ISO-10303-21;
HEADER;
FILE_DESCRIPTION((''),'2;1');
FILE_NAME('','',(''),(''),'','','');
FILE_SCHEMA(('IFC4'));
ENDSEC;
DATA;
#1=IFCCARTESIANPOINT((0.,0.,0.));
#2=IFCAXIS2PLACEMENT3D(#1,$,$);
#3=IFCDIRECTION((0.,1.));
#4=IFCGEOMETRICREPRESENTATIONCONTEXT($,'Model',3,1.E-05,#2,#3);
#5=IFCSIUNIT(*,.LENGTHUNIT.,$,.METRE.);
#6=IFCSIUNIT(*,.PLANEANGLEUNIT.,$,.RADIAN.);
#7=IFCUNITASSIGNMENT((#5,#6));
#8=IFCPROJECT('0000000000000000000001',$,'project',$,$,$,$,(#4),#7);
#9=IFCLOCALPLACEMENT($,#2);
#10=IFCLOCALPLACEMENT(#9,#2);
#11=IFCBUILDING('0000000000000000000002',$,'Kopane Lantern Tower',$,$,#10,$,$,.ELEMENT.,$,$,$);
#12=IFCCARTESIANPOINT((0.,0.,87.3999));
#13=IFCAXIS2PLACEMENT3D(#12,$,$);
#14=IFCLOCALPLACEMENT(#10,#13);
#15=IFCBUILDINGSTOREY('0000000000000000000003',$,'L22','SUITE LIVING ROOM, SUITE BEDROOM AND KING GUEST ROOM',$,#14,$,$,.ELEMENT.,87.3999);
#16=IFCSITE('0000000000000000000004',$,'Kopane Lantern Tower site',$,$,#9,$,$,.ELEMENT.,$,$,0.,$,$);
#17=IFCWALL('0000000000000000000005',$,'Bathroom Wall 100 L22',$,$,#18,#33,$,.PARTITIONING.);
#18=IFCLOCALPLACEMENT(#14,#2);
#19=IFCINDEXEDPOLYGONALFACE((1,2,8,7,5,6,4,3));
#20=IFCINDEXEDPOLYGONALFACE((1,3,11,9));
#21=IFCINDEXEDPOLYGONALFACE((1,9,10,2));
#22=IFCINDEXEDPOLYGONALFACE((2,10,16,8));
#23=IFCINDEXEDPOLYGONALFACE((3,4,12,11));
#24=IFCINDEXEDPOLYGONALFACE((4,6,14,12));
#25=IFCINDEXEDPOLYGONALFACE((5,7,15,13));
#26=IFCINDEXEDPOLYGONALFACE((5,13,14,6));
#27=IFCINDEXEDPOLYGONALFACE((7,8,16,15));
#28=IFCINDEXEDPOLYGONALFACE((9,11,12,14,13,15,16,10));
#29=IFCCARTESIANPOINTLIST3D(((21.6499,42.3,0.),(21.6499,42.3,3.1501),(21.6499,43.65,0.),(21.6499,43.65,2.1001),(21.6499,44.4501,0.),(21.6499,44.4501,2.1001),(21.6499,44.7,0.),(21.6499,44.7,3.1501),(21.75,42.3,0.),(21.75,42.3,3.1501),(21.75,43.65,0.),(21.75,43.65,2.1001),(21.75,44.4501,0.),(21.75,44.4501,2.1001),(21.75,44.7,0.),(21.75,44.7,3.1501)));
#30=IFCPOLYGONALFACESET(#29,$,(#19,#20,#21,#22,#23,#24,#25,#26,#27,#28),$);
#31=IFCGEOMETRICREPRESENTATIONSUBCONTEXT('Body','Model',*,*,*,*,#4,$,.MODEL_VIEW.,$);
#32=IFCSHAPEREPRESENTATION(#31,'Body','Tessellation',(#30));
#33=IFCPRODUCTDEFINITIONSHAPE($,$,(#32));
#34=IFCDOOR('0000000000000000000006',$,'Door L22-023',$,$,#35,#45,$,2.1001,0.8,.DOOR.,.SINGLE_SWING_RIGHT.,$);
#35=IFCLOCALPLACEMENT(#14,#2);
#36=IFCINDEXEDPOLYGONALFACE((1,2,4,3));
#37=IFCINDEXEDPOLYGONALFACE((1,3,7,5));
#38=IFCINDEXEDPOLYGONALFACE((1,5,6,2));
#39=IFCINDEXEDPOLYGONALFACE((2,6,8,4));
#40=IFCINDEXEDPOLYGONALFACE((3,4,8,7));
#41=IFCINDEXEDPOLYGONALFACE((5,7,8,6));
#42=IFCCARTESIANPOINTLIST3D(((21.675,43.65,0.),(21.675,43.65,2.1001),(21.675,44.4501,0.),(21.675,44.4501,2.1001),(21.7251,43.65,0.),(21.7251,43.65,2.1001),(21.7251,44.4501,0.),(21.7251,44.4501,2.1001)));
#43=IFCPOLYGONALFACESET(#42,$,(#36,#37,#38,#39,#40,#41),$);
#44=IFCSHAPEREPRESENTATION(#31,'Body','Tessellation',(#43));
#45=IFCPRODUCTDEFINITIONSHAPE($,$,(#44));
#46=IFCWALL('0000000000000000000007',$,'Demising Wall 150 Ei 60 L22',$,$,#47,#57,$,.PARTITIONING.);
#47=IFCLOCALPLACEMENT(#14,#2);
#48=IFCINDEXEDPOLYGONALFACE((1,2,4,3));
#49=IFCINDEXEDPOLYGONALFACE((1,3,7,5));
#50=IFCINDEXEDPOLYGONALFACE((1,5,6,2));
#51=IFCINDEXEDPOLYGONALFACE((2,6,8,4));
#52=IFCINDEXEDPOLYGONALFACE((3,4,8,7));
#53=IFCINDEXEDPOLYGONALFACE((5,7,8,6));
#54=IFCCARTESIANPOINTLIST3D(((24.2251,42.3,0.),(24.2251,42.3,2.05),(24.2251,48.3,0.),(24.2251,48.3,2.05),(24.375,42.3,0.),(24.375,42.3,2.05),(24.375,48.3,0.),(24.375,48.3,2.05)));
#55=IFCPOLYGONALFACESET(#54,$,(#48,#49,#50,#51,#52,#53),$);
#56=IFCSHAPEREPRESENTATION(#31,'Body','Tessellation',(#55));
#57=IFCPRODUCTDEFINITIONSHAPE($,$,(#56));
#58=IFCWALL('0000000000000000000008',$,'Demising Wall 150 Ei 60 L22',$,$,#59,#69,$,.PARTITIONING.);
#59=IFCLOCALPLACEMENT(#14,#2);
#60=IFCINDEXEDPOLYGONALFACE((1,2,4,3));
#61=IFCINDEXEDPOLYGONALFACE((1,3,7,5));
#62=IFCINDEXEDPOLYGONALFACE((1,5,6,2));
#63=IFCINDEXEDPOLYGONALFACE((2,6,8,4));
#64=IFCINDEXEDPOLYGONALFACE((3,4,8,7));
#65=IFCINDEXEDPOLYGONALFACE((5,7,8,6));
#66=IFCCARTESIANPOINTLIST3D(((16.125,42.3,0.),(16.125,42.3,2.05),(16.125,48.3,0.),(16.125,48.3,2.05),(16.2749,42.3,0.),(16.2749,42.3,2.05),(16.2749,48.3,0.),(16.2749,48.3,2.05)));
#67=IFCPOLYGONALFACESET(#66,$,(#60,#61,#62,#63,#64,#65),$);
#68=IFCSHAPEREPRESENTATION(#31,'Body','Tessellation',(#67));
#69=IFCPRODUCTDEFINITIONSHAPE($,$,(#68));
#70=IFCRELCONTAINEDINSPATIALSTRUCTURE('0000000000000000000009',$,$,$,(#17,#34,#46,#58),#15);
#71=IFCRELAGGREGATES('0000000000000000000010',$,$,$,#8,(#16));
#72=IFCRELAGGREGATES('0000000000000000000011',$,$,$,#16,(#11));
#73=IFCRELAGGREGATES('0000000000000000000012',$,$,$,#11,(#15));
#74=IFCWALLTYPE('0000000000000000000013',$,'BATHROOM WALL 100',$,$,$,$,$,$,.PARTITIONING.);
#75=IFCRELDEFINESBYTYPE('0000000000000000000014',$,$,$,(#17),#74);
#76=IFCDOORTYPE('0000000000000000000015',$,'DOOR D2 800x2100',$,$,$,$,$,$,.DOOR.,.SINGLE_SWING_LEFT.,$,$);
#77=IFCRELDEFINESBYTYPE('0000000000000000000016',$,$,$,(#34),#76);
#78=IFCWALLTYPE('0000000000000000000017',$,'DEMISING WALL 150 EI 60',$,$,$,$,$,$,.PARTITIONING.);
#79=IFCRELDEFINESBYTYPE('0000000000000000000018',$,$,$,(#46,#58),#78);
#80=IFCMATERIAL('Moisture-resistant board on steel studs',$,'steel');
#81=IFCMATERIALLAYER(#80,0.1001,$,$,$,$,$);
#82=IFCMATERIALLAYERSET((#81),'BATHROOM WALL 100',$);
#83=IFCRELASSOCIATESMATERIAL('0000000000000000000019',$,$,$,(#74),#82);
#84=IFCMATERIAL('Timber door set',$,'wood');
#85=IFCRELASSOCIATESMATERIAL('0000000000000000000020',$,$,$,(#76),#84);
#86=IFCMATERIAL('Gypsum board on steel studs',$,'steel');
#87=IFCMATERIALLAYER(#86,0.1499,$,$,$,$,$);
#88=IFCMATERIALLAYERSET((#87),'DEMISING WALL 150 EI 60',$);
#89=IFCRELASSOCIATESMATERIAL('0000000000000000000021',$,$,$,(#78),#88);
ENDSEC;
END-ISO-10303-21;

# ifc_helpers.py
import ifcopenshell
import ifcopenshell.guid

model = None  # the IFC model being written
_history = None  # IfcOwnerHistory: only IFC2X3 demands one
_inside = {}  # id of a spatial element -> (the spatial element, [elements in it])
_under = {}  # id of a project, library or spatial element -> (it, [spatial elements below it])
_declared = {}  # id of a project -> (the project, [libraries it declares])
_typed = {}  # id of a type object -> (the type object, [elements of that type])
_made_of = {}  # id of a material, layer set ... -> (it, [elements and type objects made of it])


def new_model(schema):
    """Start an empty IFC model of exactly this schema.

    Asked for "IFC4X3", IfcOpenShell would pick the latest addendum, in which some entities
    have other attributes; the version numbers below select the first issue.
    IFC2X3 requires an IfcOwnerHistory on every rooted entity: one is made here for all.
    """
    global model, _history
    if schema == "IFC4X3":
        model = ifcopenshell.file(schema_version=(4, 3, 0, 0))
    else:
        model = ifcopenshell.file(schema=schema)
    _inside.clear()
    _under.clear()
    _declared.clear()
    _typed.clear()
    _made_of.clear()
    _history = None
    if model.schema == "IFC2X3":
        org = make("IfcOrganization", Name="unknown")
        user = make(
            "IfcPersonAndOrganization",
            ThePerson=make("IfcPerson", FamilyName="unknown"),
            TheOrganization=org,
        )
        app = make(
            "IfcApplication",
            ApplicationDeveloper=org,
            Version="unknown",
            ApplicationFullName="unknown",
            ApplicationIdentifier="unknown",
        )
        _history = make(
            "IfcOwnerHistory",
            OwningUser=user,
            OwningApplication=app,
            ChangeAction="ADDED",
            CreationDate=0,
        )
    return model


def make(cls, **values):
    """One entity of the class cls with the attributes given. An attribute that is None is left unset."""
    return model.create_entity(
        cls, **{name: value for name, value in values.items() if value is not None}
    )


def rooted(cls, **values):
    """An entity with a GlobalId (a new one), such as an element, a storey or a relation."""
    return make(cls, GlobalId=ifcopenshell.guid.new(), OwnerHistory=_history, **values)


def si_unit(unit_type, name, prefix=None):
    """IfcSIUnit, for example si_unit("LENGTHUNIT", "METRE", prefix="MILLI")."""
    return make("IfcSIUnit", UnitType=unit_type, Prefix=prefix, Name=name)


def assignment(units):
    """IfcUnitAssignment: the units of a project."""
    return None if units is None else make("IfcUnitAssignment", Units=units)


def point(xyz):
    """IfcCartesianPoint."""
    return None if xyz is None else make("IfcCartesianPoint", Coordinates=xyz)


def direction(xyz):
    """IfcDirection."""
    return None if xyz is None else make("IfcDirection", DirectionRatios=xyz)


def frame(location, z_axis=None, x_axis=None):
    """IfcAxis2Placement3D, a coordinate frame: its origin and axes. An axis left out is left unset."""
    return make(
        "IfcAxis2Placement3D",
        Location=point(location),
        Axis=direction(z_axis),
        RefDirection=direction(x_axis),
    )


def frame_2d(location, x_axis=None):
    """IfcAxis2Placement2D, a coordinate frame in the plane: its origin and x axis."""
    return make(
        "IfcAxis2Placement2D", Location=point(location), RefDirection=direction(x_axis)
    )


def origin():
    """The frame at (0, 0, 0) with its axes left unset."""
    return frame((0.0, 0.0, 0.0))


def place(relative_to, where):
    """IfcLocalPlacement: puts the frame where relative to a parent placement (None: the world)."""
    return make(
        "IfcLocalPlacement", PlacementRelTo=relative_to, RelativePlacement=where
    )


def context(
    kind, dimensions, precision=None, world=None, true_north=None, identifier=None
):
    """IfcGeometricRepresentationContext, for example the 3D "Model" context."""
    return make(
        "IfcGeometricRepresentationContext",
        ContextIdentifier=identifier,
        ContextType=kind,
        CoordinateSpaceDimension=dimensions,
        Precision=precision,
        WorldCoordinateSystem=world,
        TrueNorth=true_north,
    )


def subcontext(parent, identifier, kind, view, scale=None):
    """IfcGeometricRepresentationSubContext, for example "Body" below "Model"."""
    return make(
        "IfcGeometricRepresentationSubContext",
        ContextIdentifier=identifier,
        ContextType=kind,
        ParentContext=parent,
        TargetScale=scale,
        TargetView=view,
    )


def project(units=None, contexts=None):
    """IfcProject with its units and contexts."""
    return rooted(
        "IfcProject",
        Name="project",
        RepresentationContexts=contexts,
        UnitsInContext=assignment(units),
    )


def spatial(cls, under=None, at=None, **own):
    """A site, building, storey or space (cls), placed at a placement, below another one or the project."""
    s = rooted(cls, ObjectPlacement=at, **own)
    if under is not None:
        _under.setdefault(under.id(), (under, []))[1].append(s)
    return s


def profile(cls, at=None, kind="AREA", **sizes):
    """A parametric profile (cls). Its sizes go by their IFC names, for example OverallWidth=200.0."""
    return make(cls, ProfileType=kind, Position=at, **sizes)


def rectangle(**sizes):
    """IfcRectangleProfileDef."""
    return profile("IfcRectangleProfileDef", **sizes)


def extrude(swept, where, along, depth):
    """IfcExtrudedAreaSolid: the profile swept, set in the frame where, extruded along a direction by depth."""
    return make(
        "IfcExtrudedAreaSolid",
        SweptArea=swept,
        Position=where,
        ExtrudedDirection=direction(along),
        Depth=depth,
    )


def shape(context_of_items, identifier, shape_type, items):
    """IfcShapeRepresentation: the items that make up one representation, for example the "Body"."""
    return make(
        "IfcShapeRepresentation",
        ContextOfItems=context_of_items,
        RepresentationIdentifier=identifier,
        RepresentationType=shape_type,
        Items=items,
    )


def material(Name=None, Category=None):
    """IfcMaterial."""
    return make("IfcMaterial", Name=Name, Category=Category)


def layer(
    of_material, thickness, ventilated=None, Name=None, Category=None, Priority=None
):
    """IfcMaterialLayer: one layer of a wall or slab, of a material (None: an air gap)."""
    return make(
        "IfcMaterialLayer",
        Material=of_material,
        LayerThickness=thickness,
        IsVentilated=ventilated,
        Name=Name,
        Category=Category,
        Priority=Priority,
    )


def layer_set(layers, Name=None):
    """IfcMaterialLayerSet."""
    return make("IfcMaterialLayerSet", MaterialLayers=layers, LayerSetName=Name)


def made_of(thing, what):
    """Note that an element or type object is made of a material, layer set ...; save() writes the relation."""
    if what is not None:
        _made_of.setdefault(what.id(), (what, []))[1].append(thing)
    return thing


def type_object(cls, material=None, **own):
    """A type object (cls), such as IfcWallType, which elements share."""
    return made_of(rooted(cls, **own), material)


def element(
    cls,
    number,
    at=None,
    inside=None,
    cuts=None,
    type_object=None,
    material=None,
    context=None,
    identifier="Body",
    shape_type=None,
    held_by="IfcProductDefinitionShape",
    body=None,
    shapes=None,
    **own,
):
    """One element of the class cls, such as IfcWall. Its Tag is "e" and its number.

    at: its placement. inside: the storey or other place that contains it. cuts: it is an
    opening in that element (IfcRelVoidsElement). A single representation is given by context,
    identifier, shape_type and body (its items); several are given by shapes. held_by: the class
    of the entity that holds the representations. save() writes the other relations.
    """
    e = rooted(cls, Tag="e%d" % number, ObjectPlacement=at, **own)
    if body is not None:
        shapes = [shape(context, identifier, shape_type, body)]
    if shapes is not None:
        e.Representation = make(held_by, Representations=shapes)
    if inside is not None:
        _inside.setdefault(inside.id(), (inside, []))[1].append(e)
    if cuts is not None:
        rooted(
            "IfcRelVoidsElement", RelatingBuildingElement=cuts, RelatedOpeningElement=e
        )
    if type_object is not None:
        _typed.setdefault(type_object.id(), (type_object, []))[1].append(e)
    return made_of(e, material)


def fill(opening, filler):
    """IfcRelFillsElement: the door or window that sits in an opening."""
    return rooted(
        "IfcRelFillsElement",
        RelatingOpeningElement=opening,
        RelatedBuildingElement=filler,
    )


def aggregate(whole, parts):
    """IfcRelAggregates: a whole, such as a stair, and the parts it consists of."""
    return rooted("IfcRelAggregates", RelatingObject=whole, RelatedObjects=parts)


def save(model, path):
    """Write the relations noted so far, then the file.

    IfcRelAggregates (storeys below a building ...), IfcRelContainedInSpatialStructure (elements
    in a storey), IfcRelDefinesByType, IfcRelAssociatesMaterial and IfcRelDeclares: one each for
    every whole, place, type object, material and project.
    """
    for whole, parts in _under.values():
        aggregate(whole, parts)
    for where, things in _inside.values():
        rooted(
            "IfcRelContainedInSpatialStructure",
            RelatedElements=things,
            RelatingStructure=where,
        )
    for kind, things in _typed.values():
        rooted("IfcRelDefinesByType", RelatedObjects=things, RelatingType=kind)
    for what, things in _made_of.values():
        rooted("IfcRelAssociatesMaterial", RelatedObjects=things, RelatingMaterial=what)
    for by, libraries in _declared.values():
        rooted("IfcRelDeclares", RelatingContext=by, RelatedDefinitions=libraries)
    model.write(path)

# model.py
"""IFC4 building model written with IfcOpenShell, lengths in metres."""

from ifc_helpers import new_model, si_unit, direction, frame, frame_2d, origin, place, context, subcontext, project, spatial, rectangle, extrude, material, layer, layer_set, type_object, element, fill, save


model = new_model("IFC4")

# Units and contexts
model_context = context("Model", 3, precision=1e-05, world=origin(), true_north=direction((0.0, 1.0)))
body_context = subcontext(model_context, "Body", "Model", "MODEL_VIEW")
ifc_project = project(units=[si_unit("LENGTHUNIT", "METRE"), si_unit("PLANEANGLEUNIT", "RADIAN")], contexts=[model_context])

# Site, building, storey
site_placement = place(None, origin())
site = spatial("IfcSite", under=ifc_project, at=site_placement, Name="Kopane Lantern Tower site", CompositionType="ELEMENT", RefElevation=0.0)
building_placement = place(site_placement, origin())
building = spatial("IfcBuilding", under=site, at=building_placement, Name="Kopane Lantern Tower", CompositionType="ELEMENT")
storey_placement = place(building_placement, frame((0.0, 0.0, 87.3999)))
storey = spatial("IfcBuildingStorey", under=building, at=storey_placement, Name="L22", Description="SUITE LIVING ROOM, SUITE BEDROOM AND KING GUEST ROOM", CompositionType="ELEMENT", Elevation=87.3999)

# Shared definitions
ifc_material_1 = material(Name="Moisture-resistant board on steel studs", Category="steel")
ifc_layer_1 = layer(ifc_material_1, 0.1001)
ifc_layer_set_1 = layer_set([ifc_layer_1], Name="BATHROOM WALL 100")
wall_type_1 = type_object("IfcWallType", Name="BATHROOM WALL 100", PredefinedType="PARTITIONING", material=ifc_layer_set_1)

# Shared definitions
ifc_material_2 = material(Name="Timber door set", Category="wood")
door_type_1 = type_object("IfcDoorType", Name="DOOR D2 800x2100", OperationType="SINGLE_SWING_LEFT", PredefinedType="DOOR", material=ifc_material_2)

# Wall, opening, door
wall_1_placement = place(storey_placement, frame((21.7, 42.3, 0.0), z_axis=(0.0, 0.0, 1.0), x_axis=(0.0, 1.0, 0.0)))
wall_1 = element("IfcWall", 1, at=wall_1_placement, inside=storey, type_object=wall_type_1, Name="Bathroom Wall 100 L22", PredefinedType="PARTITIONING", context=body_context, shape_type="SweptSolid", body=[
    extrude(rectangle(XDim=2.3999, YDim=0.1001, at=frame_2d((1.2, 0.0))), origin(), (0.0, 0.0, 1.0), 3.1501),
])
opening_1_placement = place(wall_1_placement, frame((1.3501, 0.0, 0.0)))
opening_1 = element("IfcOpeningElement", 2, at=opening_1_placement, cuts=wall_1, PredefinedType="OPENING", context=body_context, shape_type="SweptSolid", body=[
    extrude(rectangle(XDim=0.8, YDim=2.1001, at=frame_2d((0.3999, 1.05))), frame((0.0, 0.0601, 0.0), z_axis=(0.0, -1.0, 0.0), x_axis=(1.0, 0.0, 0.0)), (0.0, 0.0, 1.0), 0.1201),
])
door_1_placement = place(opening_1_placement, origin())
door_1 = element("IfcDoor", 3, at=door_1_placement, inside=storey, type_object=door_type_1, Name="Door L22-023", OperationType="SINGLE_SWING_RIGHT", OverallHeight=2.1001, OverallWidth=0.8, PredefinedType="DOOR", context=body_context, shape_type="SweptSolid", body=[
    extrude(rectangle(XDim=0.8, YDim=2.1001, at=frame_2d((0.3999, 1.05))), frame((0.0, 0.0249, 0.0), z_axis=(0.0, -1.0, 0.0), x_axis=(1.0, 0.0, 0.0)), (0.0, 0.0, 1.0), 0.05),
])
fill(opening_1, door_1)

# Walls
ifc_material_3 = material(Name="Gypsum board on steel studs", Category="steel")
ifc_layer_2 = layer(ifc_material_3, 0.1499)
ifc_layer_set_2 = layer_set([ifc_layer_2], Name="DEMISING WALL 150 EI 60")
wall_type_2 = type_object("IfcWallType", Name="DEMISING WALL 150 EI 60", PredefinedType="PARTITIONING", material=ifc_layer_set_2)
for number, where, z_axis, x_axis, name in (
    (4, (24.3, 42.3, 0.0), (0.0, 0.0, 1.0), (0.0, 1.0, 0.0), "Demising Wall 150 Ei 60 L22"),
    (5, (16.2, 42.3, 0.0), (0.0, 0.0, 1.0), (0.0, 1.0, 0.0), "Demising Wall 150 Ei 60 L22"),
):
    element("IfcWall", number, at=place(storey_placement, frame(where, z_axis=z_axis, x_axis=x_axis)), inside=storey, type_object=wall_type_2, Name=name, PredefinedType="PARTITIONING", context=body_context, shape_type="SweptSolid", body=[
        extrude(rectangle(XDim=6.0, YDim=0.1499, at=frame_2d((3.0, 0.0))), origin(), (0.0, 0.0, 1.0), 2.05),
    ])

save(model, "model.ifc")
